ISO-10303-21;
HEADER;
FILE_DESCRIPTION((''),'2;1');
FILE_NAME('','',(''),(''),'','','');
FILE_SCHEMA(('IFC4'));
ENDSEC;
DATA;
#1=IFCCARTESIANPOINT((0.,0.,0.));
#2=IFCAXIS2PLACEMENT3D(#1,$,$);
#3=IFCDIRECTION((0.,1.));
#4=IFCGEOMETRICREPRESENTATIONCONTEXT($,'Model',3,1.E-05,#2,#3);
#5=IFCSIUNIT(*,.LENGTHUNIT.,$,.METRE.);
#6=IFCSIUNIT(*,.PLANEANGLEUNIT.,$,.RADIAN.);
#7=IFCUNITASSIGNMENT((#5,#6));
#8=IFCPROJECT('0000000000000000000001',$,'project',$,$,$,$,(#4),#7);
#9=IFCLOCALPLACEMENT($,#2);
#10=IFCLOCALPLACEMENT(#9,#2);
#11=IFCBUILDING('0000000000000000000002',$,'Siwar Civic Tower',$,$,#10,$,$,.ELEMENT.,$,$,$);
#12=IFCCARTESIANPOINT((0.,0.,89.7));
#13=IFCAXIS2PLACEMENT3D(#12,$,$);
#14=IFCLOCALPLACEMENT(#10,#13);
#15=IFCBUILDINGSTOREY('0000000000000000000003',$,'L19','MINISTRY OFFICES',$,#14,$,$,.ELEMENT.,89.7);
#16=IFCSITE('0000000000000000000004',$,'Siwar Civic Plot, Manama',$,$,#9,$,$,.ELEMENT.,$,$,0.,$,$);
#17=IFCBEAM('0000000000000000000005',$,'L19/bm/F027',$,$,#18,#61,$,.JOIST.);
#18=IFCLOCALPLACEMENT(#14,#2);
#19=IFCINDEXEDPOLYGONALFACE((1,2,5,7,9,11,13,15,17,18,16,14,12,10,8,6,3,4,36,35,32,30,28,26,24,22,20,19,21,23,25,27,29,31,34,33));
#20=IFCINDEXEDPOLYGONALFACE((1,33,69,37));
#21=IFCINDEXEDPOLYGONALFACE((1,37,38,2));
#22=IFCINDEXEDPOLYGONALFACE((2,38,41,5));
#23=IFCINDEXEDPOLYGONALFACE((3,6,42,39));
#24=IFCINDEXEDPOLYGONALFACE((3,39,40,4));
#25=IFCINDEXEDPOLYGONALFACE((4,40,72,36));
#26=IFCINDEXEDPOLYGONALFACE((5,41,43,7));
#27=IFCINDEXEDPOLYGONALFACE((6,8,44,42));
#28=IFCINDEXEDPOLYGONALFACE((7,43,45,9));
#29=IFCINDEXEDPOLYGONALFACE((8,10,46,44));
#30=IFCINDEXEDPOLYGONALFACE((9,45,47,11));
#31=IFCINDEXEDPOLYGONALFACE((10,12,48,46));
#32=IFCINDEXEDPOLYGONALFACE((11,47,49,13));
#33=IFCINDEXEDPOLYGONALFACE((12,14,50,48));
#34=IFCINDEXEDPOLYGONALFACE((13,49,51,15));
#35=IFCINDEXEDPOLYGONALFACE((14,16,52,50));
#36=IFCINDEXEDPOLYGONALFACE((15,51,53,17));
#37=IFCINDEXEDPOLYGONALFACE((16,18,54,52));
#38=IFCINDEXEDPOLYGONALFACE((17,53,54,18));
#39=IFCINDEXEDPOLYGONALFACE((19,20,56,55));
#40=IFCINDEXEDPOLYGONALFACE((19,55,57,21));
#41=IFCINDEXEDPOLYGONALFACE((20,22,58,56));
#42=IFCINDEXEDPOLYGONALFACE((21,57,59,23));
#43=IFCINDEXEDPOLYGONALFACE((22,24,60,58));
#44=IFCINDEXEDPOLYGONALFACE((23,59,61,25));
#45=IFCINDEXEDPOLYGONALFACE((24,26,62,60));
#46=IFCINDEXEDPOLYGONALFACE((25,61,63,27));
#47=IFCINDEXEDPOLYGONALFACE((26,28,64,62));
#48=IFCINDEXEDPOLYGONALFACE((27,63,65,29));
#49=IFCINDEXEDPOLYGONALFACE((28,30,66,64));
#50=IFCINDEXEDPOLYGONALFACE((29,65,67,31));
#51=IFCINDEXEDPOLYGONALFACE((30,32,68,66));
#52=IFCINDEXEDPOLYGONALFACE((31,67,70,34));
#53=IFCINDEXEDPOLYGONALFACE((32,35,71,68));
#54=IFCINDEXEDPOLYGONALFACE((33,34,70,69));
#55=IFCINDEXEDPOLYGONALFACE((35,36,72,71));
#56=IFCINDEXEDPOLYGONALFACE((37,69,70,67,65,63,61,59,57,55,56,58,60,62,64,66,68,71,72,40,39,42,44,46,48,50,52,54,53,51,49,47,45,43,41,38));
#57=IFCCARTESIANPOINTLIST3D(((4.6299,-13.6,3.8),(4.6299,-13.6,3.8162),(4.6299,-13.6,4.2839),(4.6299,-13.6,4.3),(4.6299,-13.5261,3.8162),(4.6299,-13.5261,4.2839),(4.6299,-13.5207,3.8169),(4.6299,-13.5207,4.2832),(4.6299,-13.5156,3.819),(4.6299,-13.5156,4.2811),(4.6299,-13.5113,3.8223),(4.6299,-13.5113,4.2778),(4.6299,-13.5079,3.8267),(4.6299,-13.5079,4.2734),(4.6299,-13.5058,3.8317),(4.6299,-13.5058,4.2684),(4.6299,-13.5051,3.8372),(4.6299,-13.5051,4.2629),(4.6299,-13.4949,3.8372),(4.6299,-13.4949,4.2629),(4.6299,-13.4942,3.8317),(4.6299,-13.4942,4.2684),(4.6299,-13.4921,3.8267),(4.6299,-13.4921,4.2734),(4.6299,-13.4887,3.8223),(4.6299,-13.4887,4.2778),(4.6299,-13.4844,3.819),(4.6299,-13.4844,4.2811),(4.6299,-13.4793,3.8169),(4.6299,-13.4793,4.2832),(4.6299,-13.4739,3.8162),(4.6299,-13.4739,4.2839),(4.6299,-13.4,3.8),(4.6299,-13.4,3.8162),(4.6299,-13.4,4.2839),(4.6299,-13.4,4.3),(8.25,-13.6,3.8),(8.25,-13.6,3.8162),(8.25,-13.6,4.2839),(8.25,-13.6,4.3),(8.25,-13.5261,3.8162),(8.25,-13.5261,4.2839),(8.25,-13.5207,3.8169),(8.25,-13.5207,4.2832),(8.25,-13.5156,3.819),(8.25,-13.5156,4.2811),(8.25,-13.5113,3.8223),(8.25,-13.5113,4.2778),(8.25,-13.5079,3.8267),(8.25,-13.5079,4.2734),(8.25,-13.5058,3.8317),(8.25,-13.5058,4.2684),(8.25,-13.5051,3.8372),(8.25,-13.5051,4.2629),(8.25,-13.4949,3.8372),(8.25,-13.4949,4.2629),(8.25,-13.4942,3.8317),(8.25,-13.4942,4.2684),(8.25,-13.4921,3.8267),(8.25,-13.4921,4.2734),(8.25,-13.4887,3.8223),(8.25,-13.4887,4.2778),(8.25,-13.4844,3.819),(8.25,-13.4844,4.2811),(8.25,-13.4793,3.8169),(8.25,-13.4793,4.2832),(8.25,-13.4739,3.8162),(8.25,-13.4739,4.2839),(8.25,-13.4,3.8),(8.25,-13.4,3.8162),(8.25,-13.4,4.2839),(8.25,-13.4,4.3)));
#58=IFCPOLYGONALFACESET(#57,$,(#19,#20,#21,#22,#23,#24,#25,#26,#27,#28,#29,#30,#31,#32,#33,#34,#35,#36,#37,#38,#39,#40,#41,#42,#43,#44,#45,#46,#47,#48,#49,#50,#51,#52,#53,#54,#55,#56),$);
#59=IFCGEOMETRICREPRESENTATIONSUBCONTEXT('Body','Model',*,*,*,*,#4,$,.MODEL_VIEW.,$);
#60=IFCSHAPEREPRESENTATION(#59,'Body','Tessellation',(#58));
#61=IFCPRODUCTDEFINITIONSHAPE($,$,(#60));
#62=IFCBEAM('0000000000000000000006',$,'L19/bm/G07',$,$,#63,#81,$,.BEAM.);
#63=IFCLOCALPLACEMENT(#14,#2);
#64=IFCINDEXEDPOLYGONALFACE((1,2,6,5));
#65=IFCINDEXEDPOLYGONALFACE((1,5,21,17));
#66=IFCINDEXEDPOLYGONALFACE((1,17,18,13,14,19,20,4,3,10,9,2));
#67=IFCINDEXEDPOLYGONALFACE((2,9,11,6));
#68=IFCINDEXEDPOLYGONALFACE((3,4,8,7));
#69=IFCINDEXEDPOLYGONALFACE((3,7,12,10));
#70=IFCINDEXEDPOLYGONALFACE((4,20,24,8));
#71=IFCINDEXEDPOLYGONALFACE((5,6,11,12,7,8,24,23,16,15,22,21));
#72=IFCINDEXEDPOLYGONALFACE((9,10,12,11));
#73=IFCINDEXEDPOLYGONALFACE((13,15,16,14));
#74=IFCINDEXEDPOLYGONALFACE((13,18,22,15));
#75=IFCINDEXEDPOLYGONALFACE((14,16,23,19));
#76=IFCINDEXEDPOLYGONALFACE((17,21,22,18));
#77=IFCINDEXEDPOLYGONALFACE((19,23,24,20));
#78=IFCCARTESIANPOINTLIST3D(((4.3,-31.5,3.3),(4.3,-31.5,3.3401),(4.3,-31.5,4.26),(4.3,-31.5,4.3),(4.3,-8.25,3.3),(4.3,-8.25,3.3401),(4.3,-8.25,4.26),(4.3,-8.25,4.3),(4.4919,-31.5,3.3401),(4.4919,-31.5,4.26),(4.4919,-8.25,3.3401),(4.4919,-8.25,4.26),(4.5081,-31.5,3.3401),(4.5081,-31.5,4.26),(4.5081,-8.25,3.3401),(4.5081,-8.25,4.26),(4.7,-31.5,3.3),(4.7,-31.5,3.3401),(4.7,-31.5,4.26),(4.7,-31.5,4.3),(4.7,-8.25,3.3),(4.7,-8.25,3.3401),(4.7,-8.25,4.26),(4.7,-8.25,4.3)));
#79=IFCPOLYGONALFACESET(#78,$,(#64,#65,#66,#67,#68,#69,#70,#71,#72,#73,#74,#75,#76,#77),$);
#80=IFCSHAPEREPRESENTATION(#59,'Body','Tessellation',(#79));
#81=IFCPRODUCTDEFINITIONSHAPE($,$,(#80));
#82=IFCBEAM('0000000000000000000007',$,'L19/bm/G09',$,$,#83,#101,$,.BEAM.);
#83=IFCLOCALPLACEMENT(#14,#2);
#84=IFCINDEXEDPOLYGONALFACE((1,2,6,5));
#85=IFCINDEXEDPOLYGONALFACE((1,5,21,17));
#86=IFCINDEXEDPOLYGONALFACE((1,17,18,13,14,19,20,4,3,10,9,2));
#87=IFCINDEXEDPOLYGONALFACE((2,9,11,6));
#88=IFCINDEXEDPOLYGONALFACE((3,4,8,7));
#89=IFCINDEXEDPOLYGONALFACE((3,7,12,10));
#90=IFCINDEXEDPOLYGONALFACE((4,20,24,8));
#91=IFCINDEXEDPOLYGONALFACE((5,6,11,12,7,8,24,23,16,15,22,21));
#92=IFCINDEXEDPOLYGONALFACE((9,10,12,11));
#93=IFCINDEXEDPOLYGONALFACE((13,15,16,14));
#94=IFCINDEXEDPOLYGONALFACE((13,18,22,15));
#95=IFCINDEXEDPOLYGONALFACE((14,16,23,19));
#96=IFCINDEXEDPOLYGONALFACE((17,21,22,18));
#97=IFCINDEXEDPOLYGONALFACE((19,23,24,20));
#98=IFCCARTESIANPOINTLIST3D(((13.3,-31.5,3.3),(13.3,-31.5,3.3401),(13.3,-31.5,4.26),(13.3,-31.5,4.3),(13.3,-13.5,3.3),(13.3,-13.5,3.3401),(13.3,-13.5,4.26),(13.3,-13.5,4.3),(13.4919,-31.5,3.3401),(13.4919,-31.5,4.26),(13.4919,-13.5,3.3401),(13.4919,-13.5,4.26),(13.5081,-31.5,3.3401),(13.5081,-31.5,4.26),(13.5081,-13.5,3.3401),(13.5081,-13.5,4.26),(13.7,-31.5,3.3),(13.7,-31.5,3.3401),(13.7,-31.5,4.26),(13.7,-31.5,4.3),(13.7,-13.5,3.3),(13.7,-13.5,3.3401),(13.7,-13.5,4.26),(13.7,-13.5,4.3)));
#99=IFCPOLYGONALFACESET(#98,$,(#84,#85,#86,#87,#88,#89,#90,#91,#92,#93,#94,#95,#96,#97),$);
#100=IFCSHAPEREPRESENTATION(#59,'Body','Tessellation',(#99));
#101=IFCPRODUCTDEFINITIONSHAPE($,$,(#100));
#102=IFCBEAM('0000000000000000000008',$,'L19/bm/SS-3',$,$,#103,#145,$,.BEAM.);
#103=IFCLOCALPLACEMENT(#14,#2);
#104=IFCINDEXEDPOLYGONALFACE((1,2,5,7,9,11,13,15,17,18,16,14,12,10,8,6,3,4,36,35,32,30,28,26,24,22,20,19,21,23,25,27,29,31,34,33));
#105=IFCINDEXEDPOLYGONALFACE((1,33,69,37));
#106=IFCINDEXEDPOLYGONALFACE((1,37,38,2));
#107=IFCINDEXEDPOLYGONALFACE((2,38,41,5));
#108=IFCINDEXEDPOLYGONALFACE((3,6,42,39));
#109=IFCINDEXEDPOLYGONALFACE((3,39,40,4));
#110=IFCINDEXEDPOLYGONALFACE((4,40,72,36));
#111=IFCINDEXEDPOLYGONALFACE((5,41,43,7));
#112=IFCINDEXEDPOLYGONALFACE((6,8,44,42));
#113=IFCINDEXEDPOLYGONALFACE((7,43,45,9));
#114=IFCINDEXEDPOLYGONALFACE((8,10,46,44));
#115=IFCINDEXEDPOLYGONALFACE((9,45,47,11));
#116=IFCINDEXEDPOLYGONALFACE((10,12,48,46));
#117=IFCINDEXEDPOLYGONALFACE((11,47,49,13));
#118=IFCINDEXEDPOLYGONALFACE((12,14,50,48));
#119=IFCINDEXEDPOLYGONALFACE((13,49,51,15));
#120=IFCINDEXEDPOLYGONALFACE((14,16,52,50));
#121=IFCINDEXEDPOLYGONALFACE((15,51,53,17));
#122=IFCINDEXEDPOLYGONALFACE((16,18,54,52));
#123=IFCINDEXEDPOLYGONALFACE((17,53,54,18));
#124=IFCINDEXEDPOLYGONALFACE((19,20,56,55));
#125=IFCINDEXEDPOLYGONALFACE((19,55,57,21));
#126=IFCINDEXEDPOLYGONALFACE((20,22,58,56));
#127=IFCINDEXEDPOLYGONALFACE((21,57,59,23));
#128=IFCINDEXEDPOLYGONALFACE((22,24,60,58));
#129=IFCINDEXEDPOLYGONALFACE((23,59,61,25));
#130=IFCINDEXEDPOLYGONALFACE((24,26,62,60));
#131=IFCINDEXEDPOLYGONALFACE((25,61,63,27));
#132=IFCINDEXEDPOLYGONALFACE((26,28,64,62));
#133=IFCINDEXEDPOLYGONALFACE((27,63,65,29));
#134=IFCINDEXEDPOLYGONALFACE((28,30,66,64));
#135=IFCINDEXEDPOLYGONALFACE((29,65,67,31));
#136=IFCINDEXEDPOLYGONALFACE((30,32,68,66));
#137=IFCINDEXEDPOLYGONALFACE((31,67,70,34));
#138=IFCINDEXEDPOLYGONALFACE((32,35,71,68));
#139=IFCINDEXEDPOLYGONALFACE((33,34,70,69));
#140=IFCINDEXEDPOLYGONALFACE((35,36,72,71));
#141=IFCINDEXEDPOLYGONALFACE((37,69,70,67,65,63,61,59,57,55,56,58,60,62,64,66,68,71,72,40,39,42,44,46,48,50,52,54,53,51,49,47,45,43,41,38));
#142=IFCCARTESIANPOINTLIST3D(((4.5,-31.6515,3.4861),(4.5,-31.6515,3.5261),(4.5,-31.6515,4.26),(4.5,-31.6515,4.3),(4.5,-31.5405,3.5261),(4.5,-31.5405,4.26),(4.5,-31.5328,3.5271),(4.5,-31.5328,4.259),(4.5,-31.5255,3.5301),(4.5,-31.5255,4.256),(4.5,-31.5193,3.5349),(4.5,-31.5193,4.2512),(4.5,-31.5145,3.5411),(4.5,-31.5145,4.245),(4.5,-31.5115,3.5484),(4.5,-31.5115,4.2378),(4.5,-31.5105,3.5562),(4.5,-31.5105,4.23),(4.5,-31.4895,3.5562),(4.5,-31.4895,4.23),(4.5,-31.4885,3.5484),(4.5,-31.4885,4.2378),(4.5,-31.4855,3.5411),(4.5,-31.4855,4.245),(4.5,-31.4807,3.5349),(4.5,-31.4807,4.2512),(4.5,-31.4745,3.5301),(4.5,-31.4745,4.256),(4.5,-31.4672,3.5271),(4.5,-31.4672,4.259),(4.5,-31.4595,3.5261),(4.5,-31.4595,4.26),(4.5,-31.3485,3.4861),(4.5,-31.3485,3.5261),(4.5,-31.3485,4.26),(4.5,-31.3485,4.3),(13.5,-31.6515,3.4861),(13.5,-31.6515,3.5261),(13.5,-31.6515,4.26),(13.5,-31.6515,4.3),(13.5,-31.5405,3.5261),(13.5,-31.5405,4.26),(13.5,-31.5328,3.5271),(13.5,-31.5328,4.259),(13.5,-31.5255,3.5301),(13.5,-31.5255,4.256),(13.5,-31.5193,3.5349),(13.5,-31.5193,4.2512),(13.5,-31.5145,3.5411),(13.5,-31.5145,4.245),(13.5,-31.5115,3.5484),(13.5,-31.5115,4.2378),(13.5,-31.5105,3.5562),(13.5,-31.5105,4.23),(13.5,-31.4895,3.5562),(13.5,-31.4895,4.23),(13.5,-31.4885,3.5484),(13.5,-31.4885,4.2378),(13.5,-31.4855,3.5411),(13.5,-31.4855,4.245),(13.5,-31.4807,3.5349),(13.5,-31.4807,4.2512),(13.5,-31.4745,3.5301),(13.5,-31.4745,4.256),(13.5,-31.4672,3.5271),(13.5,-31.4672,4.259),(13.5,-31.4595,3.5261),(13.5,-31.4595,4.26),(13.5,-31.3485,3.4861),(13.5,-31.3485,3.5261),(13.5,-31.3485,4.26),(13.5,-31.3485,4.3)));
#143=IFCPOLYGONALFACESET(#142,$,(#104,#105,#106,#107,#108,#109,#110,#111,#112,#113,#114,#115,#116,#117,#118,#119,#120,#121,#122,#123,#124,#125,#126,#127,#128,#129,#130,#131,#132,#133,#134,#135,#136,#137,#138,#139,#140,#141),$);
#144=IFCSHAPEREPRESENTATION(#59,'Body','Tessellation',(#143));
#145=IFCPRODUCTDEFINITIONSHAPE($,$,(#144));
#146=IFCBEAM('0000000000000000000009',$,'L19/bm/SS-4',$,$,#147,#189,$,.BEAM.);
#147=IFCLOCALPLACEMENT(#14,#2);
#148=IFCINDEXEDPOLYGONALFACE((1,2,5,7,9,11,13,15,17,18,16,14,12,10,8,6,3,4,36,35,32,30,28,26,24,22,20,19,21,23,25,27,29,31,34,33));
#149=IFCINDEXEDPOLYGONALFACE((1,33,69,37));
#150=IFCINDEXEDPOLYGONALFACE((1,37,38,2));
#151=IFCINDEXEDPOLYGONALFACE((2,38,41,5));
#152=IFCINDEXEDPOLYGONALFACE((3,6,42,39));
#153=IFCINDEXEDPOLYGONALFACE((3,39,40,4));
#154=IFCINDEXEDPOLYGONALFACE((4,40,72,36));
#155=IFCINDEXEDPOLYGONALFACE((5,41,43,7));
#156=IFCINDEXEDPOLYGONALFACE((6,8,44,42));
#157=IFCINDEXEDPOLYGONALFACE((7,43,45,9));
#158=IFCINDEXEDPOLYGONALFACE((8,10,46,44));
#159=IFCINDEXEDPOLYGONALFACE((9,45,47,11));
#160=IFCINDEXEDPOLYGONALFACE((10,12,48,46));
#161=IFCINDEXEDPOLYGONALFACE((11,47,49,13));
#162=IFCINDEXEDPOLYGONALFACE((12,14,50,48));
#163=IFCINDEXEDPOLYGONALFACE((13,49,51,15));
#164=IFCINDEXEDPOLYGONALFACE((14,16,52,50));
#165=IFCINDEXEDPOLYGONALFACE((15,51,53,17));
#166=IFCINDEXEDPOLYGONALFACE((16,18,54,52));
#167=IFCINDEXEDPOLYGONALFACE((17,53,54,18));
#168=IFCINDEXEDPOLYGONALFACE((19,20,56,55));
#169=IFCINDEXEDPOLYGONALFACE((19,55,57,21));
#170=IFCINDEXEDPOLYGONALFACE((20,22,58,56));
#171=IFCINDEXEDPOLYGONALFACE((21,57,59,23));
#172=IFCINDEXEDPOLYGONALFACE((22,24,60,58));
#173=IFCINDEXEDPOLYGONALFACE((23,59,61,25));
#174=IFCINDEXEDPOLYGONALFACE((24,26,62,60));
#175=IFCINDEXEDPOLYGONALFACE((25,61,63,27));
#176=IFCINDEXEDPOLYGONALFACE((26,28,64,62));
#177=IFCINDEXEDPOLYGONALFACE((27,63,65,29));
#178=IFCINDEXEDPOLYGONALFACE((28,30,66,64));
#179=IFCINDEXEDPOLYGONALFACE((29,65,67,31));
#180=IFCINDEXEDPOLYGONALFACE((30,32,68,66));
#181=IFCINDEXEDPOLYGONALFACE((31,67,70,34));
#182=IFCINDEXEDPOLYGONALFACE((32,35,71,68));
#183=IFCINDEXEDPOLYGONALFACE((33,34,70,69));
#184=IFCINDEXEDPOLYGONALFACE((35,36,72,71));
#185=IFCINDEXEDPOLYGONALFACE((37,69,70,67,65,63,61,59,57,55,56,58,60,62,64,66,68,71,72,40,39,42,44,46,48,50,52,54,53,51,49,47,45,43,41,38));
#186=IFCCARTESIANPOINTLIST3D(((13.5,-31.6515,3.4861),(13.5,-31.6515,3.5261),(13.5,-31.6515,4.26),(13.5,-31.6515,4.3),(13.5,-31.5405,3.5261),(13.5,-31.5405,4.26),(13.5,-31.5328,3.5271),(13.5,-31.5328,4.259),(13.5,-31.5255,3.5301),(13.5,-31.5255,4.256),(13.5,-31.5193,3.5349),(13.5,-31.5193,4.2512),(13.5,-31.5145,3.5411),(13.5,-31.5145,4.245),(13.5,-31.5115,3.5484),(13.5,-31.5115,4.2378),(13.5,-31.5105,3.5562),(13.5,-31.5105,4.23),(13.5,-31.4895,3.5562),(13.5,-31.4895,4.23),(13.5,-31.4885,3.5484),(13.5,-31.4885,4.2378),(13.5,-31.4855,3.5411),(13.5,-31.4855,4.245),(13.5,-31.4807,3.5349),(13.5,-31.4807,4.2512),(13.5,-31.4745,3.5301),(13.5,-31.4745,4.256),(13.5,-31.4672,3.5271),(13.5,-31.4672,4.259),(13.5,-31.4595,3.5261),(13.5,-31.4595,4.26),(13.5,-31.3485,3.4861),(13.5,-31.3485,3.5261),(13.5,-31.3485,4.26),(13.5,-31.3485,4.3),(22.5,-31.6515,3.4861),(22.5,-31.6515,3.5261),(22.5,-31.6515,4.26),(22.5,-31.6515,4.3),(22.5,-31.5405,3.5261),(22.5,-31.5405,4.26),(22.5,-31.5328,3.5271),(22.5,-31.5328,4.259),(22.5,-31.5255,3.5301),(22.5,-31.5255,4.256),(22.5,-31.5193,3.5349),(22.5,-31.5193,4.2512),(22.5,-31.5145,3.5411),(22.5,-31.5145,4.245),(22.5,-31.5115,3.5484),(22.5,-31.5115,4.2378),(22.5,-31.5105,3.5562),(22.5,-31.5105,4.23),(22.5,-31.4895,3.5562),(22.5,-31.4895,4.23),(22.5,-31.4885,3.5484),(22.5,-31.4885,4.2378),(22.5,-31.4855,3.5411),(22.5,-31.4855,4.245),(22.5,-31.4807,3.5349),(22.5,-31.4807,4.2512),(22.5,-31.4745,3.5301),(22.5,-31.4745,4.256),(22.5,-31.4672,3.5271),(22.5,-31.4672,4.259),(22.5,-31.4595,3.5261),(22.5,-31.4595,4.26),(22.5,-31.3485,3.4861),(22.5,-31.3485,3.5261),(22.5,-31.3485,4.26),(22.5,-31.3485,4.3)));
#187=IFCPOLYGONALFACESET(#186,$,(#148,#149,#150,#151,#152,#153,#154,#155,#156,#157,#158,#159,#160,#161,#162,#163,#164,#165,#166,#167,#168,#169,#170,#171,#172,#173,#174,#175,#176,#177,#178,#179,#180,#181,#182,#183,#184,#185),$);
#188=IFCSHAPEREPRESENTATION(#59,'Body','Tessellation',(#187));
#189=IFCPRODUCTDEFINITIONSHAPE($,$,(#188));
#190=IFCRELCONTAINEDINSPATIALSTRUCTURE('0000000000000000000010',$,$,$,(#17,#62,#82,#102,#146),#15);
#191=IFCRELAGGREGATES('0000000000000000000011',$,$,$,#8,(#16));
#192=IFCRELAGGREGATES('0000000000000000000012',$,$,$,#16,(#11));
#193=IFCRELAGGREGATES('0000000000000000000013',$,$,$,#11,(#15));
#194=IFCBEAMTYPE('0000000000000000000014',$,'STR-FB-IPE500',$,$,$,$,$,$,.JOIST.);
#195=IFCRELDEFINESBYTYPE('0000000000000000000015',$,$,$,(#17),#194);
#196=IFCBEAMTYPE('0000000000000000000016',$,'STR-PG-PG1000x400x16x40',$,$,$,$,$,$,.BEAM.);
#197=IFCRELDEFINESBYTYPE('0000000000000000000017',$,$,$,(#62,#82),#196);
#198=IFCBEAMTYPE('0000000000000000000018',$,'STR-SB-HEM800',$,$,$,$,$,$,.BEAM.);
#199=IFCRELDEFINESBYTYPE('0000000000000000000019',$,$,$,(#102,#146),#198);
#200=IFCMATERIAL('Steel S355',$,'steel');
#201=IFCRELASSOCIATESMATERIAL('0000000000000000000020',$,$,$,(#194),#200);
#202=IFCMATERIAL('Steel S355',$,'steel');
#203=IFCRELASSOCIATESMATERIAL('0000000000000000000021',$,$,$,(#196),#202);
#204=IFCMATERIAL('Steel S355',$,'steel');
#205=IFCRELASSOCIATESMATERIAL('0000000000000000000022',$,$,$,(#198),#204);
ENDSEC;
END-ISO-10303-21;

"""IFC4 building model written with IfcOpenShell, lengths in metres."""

from ifc_helpers import new_model, si_unit, direction, frame, origin, origin_2d, place, context, subcontext, project, spatial, i_section, extrude, material, material_profile, profile_set, type_object, element, save


model = new_model("IFC4")

# Units and contexts
model_context = context("Model", 3, precision=1e-05, world=origin(), true_north=direction((0.0, 1.0)))
body_context = subcontext(model_context, "Body", "Model", "MODEL_VIEW")
ifc_project = project(units=[si_unit("LENGTHUNIT", "METRE"), si_unit("PLANEANGLEUNIT", "RADIAN")], contexts=[model_context])

# Site, building, storey
site_placement = place(None, origin())
site = spatial("IfcSite", under=ifc_project, at=site_placement, Name="Siwar Civic Plot, Manama", CompositionType="ELEMENT", RefElevation=0.0)
building_placement = place(site_placement, origin())
building = spatial("IfcBuilding", under=site, at=building_placement, Name="Siwar Civic Tower", CompositionType="ELEMENT")
storey_placement = place(building_placement, frame((0.0, 0.0, 89.7)))
storey = spatial("IfcBuildingStorey", under=building, at=storey_placement, Name="L19", Description="MINISTRY OFFICES", CompositionType="ELEMENT", Elevation=89.7)

# Beams
ifc_material_1 = material(Name="Steel S355", Category="steel")
ifc_material_profile_1 = material_profile(ifc_material_1, i_section(OverallWidth=0.2, OverallDepth=0.5, WebThickness=0.0103, FlangeThickness=0.0161, FilletRadius=0.021, at=origin_2d()), Name="IPE500")
ifc_profile_set_1 = profile_set([ifc_material_profile_1], Name="Steel S355")
beam_type_1 = type_object("IfcBeamType", Name="STR-FB-IPE500", PredefinedType="JOIST", material=ifc_profile_set_1)
beam_1_placement = place(storey_placement, frame((4.6299, -13.5, 4.05), z_axis=(1.0, 0.0, 0.0), x_axis=(0.0, 1.0, 0.0)))
element("IfcBeam", 1, at=beam_1_placement, inside=storey, type_object=beam_type_1, Name="L19/bm/F027", PredefinedType="JOIST", context=body_context, shape_type="SweptSolid", body=[
    extrude(i_section(OverallWidth=0.2, OverallDepth=0.5, WebThickness=0.0103, FlangeThickness=0.0161, FilletRadius=0.021, at=origin_2d()), origin(), (0.0, 0.0, 1.0), 3.6201),
])
ifc_material_2 = material(Name="Steel S355", Category="steel")
ifc_material_profile_2 = material_profile(ifc_material_2, i_section(OverallWidth=0.3999, OverallDepth=1.0, WebThickness=0.0161, FlangeThickness=0.04, at=origin_2d()), Name="PG1000x400x16x40")
ifc_profile_set_2 = profile_set([ifc_material_profile_2], Name="Steel S355")
beam_type_2 = type_object("IfcBeamType", Name="STR-PG-PG1000x400x16x40", PredefinedType="BEAM", material=ifc_profile_set_2)
beam_2_placement = place(storey_placement, frame((4.5, -31.5, 3.8), z_axis=(0.0, 1.0, 0.0), x_axis=(-1.0, 0.0, 0.0)))
element("IfcBeam", 2, at=beam_2_placement, inside=storey, type_object=beam_type_2, Name="L19/bm/G07", PredefinedType="BEAM", context=body_context, shape_type="SweptSolid", body=[
    extrude(i_section(OverallWidth=0.3999, OverallDepth=1.0, WebThickness=0.0161, FlangeThickness=0.04, at=origin_2d()), origin(), (0.0, 0.0, 1.0), 23.25),
])
beam_3_placement = place(storey_placement, frame((13.5, -31.5, 3.8), z_axis=(0.0, 1.0, 0.0), x_axis=(-1.0, 0.0, 0.0)))
element("IfcBeam", 3, at=beam_3_placement, inside=storey, type_object=beam_type_2, Name="L19/bm/G09", PredefinedType="BEAM", context=body_context, shape_type="SweptSolid", body=[
    extrude(i_section(OverallWidth=0.3999, OverallDepth=1.0, WebThickness=0.0161, FlangeThickness=0.04, at=origin_2d()), origin(), (0.0, 0.0, 1.0), 18.0),
])
ifc_material_3 = material(Name="Steel S355", Category="steel")
ifc_material_profile_3 = material_profile(ifc_material_3, i_section(OverallWidth=0.303, OverallDepth=0.814, WebThickness=0.021, FlangeThickness=0.04, FilletRadius=0.03, at=origin_2d()), Name="HEM800")
ifc_profile_set_3 = profile_set([ifc_material_profile_3], Name="Steel S355")
beam_type_3 = type_object("IfcBeamType", Name="STR-SB-HEM800", PredefinedType="BEAM", material=ifc_profile_set_3)
for number, where, z_axis, x_axis, name in (
    (4, (4.5, -31.5, 3.8931), (1.0, 0.0, 0.0), (0.0, 1.0, 0.0), "L19/bm/SS-3"),
    (5, (13.5, -31.5, 3.8931), (1.0, 0.0, 0.0), (0.0, 1.0, 0.0), "L19/bm/SS-4"),
):
    element("IfcBeam", number, at=place(storey_placement, frame(where, z_axis=z_axis, x_axis=x_axis)), inside=storey, type_object=beam_type_3, Name=name, PredefinedType="BEAM", context=body_context, shape_type="SweptSolid", body=[
        extrude(i_section(OverallWidth=0.303, OverallDepth=0.814, WebThickness=0.021, FlangeThickness=0.04, FilletRadius=0.03, at=origin_2d()), origin(), (0.0, 0.0, 1.0), 9.0),
    ])

save(model, "model.ifc")
